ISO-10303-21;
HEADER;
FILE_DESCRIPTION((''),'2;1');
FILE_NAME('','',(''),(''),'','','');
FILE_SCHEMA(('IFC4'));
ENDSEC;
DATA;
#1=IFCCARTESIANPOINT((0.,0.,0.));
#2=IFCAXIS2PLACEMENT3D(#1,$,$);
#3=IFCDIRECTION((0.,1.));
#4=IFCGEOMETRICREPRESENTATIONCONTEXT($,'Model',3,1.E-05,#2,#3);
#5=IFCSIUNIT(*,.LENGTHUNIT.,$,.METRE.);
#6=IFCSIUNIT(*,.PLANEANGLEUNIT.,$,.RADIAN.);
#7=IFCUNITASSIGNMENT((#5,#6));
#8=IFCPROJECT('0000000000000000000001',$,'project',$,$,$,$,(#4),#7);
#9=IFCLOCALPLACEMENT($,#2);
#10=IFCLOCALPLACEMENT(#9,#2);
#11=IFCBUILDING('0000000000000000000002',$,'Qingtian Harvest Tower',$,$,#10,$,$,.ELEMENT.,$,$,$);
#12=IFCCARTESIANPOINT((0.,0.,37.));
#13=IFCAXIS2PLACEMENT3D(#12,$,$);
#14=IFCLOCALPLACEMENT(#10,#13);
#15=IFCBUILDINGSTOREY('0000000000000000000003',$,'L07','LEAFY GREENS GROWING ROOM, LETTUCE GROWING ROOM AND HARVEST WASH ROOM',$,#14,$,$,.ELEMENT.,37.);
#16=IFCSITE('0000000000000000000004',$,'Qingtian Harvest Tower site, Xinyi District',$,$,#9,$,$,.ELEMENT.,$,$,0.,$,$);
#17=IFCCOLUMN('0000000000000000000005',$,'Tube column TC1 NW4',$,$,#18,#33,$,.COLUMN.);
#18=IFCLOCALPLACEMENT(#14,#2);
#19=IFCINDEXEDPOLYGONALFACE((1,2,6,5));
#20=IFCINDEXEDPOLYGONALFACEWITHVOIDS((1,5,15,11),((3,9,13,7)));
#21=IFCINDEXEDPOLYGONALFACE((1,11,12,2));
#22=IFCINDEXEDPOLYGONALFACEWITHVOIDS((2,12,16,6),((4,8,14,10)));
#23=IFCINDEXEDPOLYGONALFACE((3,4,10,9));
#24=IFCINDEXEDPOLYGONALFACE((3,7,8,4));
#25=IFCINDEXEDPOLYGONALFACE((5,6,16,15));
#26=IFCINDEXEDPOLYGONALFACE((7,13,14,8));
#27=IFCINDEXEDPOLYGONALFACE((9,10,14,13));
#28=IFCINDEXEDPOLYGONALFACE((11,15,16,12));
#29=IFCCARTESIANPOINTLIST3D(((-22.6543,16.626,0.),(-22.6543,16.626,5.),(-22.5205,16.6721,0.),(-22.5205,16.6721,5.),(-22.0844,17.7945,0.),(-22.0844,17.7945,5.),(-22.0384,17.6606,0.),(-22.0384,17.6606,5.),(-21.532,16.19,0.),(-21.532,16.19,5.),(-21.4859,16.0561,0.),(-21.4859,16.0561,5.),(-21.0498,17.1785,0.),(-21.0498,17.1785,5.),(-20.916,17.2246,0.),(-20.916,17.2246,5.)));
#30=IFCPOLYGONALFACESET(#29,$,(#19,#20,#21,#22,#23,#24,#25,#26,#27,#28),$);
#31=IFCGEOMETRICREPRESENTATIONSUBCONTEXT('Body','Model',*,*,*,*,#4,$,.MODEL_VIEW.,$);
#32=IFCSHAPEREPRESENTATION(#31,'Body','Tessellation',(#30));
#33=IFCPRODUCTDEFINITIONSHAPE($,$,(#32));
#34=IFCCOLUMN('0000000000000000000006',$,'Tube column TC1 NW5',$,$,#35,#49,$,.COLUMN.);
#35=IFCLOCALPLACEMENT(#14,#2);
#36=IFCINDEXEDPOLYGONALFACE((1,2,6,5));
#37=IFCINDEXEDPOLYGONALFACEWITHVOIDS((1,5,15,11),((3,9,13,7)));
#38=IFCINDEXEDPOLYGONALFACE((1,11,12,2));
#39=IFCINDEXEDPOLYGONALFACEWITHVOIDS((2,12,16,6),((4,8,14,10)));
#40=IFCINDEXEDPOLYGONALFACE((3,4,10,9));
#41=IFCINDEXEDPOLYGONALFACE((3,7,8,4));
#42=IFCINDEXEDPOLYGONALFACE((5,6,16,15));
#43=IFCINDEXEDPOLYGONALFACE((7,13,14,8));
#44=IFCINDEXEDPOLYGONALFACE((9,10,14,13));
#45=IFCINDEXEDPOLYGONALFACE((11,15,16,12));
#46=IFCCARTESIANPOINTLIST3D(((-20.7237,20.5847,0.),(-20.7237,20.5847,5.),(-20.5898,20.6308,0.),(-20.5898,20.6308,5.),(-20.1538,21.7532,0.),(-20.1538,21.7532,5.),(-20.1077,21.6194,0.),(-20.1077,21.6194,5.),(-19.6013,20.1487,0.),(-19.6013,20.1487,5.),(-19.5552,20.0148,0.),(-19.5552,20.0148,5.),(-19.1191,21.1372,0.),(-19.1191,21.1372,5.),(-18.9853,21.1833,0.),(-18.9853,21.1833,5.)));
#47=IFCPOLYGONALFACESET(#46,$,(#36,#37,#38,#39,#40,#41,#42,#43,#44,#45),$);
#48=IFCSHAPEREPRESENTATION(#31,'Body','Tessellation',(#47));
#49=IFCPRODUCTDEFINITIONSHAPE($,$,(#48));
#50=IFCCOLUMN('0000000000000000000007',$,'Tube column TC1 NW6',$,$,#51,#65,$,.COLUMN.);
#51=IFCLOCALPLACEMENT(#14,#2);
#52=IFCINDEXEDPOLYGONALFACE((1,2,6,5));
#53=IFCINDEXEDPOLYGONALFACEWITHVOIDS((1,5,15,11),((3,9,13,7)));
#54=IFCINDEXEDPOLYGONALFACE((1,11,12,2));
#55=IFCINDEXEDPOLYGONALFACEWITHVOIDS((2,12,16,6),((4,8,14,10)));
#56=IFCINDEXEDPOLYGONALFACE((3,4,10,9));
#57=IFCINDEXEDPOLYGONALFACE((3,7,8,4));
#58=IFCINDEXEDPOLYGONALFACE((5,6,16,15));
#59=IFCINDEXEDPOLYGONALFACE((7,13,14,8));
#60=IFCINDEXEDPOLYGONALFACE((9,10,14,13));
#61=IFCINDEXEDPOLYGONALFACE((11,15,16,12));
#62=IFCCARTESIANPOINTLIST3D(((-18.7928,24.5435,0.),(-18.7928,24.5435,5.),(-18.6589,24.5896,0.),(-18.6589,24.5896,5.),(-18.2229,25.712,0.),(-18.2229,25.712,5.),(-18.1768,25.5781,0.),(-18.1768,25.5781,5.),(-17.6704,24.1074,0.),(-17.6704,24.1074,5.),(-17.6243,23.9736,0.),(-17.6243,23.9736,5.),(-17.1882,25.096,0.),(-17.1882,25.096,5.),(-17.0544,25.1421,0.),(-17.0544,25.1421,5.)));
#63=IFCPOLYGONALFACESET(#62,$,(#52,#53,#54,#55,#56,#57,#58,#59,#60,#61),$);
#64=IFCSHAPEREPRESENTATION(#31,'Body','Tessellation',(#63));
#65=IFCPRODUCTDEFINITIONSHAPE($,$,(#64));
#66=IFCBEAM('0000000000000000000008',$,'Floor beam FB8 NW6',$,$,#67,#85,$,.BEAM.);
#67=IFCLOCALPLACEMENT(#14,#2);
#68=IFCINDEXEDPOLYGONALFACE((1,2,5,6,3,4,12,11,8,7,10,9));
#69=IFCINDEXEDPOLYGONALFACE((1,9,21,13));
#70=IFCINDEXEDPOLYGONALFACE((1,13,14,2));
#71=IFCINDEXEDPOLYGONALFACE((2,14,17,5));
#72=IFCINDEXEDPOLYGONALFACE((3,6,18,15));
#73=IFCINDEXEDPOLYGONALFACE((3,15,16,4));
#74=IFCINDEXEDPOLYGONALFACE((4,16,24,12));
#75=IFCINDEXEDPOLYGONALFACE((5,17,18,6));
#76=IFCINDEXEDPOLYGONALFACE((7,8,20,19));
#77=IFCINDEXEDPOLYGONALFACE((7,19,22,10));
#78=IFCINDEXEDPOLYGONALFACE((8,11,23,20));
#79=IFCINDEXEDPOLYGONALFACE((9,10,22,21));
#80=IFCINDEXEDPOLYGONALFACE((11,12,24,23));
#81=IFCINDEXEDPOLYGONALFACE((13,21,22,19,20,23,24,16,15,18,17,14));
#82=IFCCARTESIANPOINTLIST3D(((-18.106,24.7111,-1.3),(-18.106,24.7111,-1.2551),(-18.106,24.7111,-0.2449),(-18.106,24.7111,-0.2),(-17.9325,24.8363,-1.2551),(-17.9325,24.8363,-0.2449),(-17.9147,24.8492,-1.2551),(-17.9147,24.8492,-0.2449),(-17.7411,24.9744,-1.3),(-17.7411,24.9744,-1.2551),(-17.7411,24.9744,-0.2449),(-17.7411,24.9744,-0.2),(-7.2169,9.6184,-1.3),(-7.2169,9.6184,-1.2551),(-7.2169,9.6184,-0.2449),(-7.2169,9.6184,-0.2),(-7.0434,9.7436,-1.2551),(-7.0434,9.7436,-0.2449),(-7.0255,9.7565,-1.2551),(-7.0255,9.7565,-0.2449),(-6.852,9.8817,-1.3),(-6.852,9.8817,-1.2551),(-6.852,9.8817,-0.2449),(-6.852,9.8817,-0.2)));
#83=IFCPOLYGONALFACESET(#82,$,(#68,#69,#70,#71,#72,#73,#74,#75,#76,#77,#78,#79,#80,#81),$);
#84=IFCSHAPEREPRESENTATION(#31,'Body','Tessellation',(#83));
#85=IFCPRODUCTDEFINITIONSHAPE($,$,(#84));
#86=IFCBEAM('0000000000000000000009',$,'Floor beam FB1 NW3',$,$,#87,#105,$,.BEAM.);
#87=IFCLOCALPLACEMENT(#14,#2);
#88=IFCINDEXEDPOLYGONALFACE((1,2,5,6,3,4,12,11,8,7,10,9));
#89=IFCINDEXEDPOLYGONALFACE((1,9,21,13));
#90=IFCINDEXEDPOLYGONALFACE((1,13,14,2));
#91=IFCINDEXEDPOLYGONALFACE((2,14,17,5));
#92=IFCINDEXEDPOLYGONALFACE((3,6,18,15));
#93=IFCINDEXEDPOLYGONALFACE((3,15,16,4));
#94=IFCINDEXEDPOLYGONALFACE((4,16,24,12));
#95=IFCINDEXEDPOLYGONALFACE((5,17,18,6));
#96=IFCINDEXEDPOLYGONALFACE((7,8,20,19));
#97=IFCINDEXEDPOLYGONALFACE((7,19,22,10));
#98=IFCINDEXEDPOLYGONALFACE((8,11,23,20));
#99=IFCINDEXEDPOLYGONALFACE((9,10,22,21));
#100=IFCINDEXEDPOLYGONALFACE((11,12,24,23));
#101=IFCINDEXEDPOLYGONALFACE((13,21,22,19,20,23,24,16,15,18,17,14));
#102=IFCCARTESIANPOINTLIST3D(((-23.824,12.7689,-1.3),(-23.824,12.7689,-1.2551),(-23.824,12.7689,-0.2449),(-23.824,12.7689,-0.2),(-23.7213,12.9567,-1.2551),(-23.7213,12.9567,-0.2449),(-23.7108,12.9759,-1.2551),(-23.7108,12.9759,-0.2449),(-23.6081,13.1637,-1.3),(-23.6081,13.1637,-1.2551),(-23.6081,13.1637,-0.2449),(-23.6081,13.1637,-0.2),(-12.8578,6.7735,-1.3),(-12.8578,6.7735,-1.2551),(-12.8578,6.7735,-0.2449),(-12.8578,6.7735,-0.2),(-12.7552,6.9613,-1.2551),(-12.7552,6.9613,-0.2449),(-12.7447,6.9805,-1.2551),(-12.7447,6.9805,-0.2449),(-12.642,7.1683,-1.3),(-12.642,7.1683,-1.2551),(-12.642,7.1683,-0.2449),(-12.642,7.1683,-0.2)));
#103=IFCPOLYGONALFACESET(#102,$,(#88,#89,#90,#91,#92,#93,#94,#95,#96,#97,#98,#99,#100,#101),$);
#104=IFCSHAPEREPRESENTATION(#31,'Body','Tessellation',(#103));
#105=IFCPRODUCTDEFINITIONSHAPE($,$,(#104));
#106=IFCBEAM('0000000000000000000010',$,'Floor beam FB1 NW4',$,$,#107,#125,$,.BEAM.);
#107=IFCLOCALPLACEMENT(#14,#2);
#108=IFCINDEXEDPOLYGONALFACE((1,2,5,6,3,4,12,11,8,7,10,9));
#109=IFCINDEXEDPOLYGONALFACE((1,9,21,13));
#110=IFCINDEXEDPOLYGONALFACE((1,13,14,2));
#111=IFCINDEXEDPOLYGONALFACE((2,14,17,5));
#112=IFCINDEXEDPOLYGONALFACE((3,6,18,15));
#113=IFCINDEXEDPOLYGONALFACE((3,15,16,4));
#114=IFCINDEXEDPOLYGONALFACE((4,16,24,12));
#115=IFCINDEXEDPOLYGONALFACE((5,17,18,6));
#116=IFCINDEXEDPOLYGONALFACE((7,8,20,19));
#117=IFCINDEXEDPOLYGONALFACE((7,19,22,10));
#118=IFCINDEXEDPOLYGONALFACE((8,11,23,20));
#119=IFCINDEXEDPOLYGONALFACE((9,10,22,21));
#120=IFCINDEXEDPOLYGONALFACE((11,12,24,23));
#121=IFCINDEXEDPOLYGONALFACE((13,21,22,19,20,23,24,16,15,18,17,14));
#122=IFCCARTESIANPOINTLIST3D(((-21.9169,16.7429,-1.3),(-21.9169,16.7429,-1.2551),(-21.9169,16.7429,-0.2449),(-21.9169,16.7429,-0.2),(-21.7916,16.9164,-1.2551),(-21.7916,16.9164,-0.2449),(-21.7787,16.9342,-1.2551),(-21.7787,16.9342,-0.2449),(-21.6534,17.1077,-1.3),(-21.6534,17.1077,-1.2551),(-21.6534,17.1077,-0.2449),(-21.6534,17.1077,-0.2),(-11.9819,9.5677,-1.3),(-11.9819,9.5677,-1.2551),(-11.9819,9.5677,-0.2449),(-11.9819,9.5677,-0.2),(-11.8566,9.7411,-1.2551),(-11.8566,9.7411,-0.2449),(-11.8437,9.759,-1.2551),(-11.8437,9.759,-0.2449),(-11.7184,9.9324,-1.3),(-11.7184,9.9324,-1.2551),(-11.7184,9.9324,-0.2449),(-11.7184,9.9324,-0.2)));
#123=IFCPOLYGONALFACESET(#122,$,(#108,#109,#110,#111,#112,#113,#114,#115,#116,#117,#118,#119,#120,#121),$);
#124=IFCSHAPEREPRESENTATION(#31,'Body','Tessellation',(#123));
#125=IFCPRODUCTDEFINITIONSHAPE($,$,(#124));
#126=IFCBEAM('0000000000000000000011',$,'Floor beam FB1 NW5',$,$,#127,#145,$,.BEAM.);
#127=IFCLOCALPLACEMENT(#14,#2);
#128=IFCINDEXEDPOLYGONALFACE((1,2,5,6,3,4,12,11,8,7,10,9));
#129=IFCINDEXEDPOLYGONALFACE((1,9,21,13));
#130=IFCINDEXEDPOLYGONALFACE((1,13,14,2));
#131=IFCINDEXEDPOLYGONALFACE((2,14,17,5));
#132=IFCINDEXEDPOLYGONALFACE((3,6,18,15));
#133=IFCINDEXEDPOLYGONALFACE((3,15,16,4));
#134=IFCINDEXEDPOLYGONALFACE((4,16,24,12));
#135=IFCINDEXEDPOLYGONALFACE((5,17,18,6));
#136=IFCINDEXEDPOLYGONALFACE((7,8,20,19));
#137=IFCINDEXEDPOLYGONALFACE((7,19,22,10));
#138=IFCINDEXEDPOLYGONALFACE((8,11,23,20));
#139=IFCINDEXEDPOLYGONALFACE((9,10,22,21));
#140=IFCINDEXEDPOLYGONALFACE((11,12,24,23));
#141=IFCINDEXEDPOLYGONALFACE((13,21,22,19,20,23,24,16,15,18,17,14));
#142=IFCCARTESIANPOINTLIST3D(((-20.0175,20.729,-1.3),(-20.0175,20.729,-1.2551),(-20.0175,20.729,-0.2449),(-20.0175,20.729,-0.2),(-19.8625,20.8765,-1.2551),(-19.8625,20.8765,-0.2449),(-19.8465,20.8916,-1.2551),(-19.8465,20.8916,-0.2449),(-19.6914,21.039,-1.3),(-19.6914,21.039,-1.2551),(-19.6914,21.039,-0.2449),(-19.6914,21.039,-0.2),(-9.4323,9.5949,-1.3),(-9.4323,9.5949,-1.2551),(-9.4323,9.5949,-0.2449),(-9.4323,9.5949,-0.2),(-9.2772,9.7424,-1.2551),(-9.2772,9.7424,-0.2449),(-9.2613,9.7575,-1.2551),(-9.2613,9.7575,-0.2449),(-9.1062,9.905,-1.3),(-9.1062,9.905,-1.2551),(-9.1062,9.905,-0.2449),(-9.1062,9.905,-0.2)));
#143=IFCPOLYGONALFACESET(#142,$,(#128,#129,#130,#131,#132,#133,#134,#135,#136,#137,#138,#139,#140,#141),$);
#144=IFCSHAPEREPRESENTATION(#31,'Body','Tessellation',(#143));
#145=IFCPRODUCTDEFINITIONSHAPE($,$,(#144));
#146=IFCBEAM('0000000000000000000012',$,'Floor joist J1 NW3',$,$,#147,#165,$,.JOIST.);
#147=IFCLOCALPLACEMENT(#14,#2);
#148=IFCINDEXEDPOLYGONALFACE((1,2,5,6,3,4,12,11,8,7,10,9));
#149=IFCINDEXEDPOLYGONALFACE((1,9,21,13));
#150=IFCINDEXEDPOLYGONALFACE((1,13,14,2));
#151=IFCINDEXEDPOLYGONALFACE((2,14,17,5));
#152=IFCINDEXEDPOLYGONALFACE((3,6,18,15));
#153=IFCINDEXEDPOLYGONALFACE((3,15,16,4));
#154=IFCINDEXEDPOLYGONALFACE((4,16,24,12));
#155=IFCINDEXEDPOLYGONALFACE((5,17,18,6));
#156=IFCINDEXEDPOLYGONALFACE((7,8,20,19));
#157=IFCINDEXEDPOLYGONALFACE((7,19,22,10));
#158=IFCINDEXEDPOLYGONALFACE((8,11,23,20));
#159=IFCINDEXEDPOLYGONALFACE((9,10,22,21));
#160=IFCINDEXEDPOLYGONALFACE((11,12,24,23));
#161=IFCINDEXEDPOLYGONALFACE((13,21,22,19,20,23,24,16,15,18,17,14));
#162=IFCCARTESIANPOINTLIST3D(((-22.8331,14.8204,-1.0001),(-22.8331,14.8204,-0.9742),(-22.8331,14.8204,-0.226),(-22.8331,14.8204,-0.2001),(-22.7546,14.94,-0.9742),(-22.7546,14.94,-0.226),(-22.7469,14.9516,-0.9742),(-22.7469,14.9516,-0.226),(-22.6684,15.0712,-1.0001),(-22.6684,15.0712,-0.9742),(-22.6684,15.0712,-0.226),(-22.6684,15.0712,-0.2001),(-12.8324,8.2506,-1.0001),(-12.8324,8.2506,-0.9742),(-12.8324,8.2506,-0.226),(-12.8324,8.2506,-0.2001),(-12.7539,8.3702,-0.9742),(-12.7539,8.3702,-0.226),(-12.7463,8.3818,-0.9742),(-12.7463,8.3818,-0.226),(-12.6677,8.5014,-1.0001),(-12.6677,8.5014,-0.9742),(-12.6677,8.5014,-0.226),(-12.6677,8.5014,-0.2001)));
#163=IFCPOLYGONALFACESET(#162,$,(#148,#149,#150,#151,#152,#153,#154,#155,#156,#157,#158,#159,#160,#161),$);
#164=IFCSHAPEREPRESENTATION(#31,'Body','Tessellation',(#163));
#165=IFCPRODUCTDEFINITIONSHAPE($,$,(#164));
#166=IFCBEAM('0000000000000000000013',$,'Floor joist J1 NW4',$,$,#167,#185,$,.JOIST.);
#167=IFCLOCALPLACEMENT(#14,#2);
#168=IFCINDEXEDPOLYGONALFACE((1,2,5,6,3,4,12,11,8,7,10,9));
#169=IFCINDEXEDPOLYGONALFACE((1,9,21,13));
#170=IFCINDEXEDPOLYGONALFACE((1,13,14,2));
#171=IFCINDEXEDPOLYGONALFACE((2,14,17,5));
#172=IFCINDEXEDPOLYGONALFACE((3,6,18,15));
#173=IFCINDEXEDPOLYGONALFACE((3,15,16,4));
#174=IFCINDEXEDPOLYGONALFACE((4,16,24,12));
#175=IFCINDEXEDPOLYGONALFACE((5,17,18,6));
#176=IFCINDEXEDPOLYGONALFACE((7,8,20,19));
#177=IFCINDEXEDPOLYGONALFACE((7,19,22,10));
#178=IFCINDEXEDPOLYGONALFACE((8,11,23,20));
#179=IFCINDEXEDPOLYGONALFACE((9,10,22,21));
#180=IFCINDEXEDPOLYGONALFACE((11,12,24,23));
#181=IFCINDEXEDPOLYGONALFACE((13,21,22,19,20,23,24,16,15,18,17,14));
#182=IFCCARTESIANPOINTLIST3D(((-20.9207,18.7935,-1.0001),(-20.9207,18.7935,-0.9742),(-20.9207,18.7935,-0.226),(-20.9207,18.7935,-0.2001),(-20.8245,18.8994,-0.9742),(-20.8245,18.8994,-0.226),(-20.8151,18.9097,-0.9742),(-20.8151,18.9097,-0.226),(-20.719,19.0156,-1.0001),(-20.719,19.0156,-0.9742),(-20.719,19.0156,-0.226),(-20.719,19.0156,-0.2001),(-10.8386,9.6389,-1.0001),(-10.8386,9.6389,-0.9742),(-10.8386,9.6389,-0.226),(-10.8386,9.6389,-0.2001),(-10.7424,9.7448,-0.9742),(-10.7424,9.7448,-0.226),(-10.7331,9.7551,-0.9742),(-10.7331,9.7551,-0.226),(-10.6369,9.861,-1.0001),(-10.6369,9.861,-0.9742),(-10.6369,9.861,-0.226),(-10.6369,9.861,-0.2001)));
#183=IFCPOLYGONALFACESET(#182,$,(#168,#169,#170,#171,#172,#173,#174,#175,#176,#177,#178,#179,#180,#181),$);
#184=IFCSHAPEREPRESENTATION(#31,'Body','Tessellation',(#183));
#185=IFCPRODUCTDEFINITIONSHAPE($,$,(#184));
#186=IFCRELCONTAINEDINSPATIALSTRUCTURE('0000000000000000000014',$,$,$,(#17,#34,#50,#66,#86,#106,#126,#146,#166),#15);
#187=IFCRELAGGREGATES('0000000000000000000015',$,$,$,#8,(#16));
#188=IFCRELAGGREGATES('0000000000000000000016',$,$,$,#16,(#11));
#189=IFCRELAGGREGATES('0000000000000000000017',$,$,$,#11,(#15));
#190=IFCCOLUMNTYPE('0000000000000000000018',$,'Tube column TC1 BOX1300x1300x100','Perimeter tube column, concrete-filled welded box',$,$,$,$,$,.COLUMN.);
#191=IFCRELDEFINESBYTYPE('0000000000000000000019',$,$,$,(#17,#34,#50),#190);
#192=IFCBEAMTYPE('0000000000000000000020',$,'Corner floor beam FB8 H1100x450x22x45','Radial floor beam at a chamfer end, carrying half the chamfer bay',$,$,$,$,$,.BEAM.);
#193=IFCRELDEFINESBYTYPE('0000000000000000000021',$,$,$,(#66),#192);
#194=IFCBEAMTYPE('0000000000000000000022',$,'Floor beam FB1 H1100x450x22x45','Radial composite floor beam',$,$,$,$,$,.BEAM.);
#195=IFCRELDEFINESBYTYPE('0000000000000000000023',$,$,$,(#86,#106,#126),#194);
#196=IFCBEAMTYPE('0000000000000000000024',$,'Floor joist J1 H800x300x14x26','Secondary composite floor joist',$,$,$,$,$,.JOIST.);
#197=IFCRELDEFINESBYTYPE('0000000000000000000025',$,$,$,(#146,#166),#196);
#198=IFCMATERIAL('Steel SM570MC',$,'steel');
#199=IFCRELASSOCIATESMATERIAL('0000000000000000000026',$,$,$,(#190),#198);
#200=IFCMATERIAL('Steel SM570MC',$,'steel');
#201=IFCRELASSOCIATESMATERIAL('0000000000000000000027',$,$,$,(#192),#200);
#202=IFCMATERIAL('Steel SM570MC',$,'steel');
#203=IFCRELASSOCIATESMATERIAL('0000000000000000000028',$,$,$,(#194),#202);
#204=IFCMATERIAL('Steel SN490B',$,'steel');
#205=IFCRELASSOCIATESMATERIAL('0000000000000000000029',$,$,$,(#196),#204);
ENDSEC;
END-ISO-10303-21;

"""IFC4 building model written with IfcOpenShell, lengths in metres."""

from ifc_helpers import new_model, si_unit, direction, frame, origin, origin_2d, place, context, subcontext, project, spatial, hollow_rectangle, i_section, extrude, material, material_profile, profile_set, type_object, element, save


model = new_model("IFC4")

# Units and contexts
model_context = context("Model", 3, precision=1e-05, world=origin(), true_north=direction((0.0, 1.0)))
body_context = subcontext(model_context, "Body", "Model", "MODEL_VIEW")
ifc_project = project(units=[si_unit("LENGTHUNIT", "METRE"), si_unit("PLANEANGLEUNIT", "RADIAN")], contexts=[model_context])

# Site, building, storey
site_placement = place(None, origin())
site = spatial("IfcSite", under=ifc_project, at=site_placement, Name="Qingtian Harvest Tower site, Xinyi District", CompositionType="ELEMENT", RefElevation=0.0)
building_placement = place(site_placement, origin())
building = spatial("IfcBuilding", under=site, at=building_placement, Name="Qingtian Harvest Tower", CompositionType="ELEMENT")
storey_placement = place(building_placement, frame((0.0, 0.0, 37.0)))
storey = spatial("IfcBuildingStorey", under=building, at=storey_placement, Name="L07", Description="LEAFY GREENS GROWING ROOM, LETTUCE GROWING ROOM AND HARVEST WASH ROOM", CompositionType="ELEMENT", Elevation=37.0)

# Columns
ifc_material_1 = material(Name="Steel SM570MC", Category="steel")
ifc_material_profile_1 = material_profile(ifc_material_1, hollow_rectangle(XDim=1.3, YDim=1.3, WallThickness=0.1001, at=origin_2d()), Name="BOX1300x1300x100")
ifc_profile_set_1 = profile_set([ifc_material_profile_1], Name="Steel SM570MC")
column_type = type_object("IfcColumnType", Name="Tube column TC1 BOX1300x1300x100", Description="Perimeter tube column, concrete-filled welded box", PredefinedType="COLUMN", material=ifc_profile_set_1)
for number, where, z_axis, x_axis, name in (
    (1, (-21.7852, 16.9253, 0.0), (0.0, 0.0, 1.0), (-0.438371, -0.898794, 0.0), "Tube column TC1 NW4"),
    (2, (-19.8545, 20.884, 0.0), (0.0, 0.0, 1.0), (-0.438371, -0.898794, 0.0), "Tube column TC1 NW5"),
    (3, (-17.9236, 24.8428, 0.0), (0.0, 0.0, 1.0), (-0.438371, -0.898794, 0.0), "Tube column TC1 NW6"),
):
    element("IfcColumn", number, at=place(storey_placement, frame(where, z_axis=z_axis, x_axis=x_axis)), inside=storey, type_object=column_type, Name=name, PredefinedType="COLUMN", context=body_context, shape_type="SweptSolid", body=[
        extrude(hollow_rectangle(XDim=1.3, YDim=1.3, WallThickness=0.1001, at=origin_2d()), origin(), (0.0, 0.0, 1.0), 5.0),
    ])

# Beams
ifc_material_2 = material(Name="Steel SM570MC", Category="steel")
ifc_material_profile_2 = material_profile(ifc_material_2, i_section(OverallWidth=0.45, OverallDepth=1.1001, WebThickness=0.022, FlangeThickness=0.0449, at=origin_2d()), Name="H1100x450x22x45")
ifc_profile_set_2 = profile_set([ifc_material_profile_2], Name="Steel SM570MC")
beam_type_1 = type_object("IfcBeamType", Name="Corner floor beam FB8 H1100x450x22x45", Description="Radial floor beam at a chamfer end, carrying half the chamfer bay", PredefinedType="BEAM", material=ifc_profile_set_2)
beam_1_placement = place(storey_placement, frame((-17.9236, 24.8428, -0.75), z_axis=(0.585096, -0.810964, 0.0), x_axis=(0.810964, 0.585096, 0.0)))
element("IfcBeam", 4, at=beam_1_placement, inside=storey, type_object=beam_type_1, Name="Floor beam FB8 NW6", PredefinedType="BEAM", context=body_context, shape_type="SweptSolid", body=[
    extrude(i_section(OverallWidth=0.45, OverallDepth=1.1001, WebThickness=0.022, FlangeThickness=0.0449, at=origin_2d()), origin(), (0.0, 0.0, 1.0), 18.6108),
])
ifc_material_3 = material(Name="Steel SM570MC", Category="steel")
ifc_material_profile_3 = material_profile(ifc_material_3, i_section(OverallWidth=0.45, OverallDepth=1.1001, WebThickness=0.022, FlangeThickness=0.0449, at=origin_2d()), Name="H1100x450x22x45")
ifc_profile_set_3 = profile_set([ifc_material_profile_3], Name="Steel SM570MC")
beam_type_2 = type_object("IfcBeamType", Name="Floor beam FB1 H1100x450x22x45", Description="Radial composite floor beam", PredefinedType="BEAM", material=ifc_profile_set_3)
beam_2_placement = place(storey_placement, frame((-23.7161, 12.9663, -0.75), z_axis=(0.877429, -0.479707, 0.0), x_axis=(0.479707, 0.877429, 0.0)))
element("IfcBeam", 5, at=beam_2_placement, inside=storey, type_object=beam_type_2, Name="Floor beam FB1 NW3", PredefinedType="BEAM", context=body_context, shape_type="SweptSolid", body=[
    extrude(i_section(OverallWidth=0.45, OverallDepth=1.1001, WebThickness=0.022, FlangeThickness=0.0449, at=origin_2d()), origin(), (0.0, 0.0, 1.0), 12.498),
])
beam_3_placement = place(storey_placement, frame((-21.7852, 16.9253, -0.75), z_axis=(0.81068, -0.585489, 0.0), x_axis=(0.585489, 0.81068, 0.0)))
element("IfcBeam", 6, at=beam_3_placement, inside=storey, type_object=beam_type_2, Name="Floor beam FB1 NW4", PredefinedType="BEAM", context=body_context, shape_type="SweptSolid", body=[
    extrude(i_section(OverallWidth=0.45, OverallDepth=1.1001, WebThickness=0.022, FlangeThickness=0.0449, at=origin_2d()), origin(), (0.0, 0.0, 1.0), 12.2551),
])
beam_4_placement = place(storey_placement, frame((-19.8545, 20.884, -0.75), z_axis=(0.689019, -0.724743, 0.0), x_axis=(0.724743, 0.689019, 0.0)))
element("IfcBeam", 7, at=beam_4_placement, inside=storey, type_object=beam_type_2, Name="Floor beam FB1 NW5", PredefinedType="BEAM", context=body_context, shape_type="SweptSolid", body=[
    extrude(i_section(OverallWidth=0.45, OverallDepth=1.1001, WebThickness=0.022, FlangeThickness=0.0449, at=origin_2d()), origin(), (0.0, 0.0, 1.0), 15.3628),
])
ifc_material_4 = material(Name="Steel SN490B", Category="steel")
ifc_material_profile_4 = material_profile(ifc_material_4, i_section(OverallWidth=0.3, OverallDepth=0.8, WebThickness=0.0139, FlangeThickness=0.0259, at=origin_2d()), Name="H800x300x14x26")
ifc_profile_set_4 = profile_set([ifc_material_profile_4], Name="Steel SN490B")
beam_type_3 = type_object("IfcBeamType", Name="Floor joist J1 H800x300x14x26", Description="Secondary composite floor joist", PredefinedType="JOIST", material=ifc_profile_set_4)
beam_5_placement = place(storey_placement, frame((-22.7507, 14.9458, -0.6001), z_axis=(0.835785, -0.549056, 0.0), x_axis=(0.549056, 0.835785, 0.0)))
element("IfcBeam", 8, at=beam_5_placement, inside=storey, type_object=beam_type_3, Name="Floor joist J1 NW3", PredefinedType="JOIST", context=body_context, shape_type="SweptSolid", body=[
    extrude(i_section(OverallWidth=0.3, OverallDepth=0.8, WebThickness=0.0139, FlangeThickness=0.0259, at=origin_2d()), origin(), (0.0, 0.0, 1.0), 11.9656),
])
beam_6_placement = place(storey_placement, frame((-20.8198, 18.9045, -0.6001), z_axis=(0.74034, -0.672233, 0.0), x_axis=(0.672233, 0.74034, 0.0)))
element("IfcBeam", 9, at=beam_6_placement, inside=storey, type_object=beam_type_3, Name="Floor joist J1 NW4", PredefinedType="JOIST", context=body_context, shape_type="SweptSolid", body=[
    extrude(i_section(OverallWidth=0.3, OverallDepth=0.8, WebThickness=0.0139, FlangeThickness=0.0259, at=origin_2d()), origin(), (0.0, 0.0, 1.0), 13.6182),
])

save(model, "model.ifc")
